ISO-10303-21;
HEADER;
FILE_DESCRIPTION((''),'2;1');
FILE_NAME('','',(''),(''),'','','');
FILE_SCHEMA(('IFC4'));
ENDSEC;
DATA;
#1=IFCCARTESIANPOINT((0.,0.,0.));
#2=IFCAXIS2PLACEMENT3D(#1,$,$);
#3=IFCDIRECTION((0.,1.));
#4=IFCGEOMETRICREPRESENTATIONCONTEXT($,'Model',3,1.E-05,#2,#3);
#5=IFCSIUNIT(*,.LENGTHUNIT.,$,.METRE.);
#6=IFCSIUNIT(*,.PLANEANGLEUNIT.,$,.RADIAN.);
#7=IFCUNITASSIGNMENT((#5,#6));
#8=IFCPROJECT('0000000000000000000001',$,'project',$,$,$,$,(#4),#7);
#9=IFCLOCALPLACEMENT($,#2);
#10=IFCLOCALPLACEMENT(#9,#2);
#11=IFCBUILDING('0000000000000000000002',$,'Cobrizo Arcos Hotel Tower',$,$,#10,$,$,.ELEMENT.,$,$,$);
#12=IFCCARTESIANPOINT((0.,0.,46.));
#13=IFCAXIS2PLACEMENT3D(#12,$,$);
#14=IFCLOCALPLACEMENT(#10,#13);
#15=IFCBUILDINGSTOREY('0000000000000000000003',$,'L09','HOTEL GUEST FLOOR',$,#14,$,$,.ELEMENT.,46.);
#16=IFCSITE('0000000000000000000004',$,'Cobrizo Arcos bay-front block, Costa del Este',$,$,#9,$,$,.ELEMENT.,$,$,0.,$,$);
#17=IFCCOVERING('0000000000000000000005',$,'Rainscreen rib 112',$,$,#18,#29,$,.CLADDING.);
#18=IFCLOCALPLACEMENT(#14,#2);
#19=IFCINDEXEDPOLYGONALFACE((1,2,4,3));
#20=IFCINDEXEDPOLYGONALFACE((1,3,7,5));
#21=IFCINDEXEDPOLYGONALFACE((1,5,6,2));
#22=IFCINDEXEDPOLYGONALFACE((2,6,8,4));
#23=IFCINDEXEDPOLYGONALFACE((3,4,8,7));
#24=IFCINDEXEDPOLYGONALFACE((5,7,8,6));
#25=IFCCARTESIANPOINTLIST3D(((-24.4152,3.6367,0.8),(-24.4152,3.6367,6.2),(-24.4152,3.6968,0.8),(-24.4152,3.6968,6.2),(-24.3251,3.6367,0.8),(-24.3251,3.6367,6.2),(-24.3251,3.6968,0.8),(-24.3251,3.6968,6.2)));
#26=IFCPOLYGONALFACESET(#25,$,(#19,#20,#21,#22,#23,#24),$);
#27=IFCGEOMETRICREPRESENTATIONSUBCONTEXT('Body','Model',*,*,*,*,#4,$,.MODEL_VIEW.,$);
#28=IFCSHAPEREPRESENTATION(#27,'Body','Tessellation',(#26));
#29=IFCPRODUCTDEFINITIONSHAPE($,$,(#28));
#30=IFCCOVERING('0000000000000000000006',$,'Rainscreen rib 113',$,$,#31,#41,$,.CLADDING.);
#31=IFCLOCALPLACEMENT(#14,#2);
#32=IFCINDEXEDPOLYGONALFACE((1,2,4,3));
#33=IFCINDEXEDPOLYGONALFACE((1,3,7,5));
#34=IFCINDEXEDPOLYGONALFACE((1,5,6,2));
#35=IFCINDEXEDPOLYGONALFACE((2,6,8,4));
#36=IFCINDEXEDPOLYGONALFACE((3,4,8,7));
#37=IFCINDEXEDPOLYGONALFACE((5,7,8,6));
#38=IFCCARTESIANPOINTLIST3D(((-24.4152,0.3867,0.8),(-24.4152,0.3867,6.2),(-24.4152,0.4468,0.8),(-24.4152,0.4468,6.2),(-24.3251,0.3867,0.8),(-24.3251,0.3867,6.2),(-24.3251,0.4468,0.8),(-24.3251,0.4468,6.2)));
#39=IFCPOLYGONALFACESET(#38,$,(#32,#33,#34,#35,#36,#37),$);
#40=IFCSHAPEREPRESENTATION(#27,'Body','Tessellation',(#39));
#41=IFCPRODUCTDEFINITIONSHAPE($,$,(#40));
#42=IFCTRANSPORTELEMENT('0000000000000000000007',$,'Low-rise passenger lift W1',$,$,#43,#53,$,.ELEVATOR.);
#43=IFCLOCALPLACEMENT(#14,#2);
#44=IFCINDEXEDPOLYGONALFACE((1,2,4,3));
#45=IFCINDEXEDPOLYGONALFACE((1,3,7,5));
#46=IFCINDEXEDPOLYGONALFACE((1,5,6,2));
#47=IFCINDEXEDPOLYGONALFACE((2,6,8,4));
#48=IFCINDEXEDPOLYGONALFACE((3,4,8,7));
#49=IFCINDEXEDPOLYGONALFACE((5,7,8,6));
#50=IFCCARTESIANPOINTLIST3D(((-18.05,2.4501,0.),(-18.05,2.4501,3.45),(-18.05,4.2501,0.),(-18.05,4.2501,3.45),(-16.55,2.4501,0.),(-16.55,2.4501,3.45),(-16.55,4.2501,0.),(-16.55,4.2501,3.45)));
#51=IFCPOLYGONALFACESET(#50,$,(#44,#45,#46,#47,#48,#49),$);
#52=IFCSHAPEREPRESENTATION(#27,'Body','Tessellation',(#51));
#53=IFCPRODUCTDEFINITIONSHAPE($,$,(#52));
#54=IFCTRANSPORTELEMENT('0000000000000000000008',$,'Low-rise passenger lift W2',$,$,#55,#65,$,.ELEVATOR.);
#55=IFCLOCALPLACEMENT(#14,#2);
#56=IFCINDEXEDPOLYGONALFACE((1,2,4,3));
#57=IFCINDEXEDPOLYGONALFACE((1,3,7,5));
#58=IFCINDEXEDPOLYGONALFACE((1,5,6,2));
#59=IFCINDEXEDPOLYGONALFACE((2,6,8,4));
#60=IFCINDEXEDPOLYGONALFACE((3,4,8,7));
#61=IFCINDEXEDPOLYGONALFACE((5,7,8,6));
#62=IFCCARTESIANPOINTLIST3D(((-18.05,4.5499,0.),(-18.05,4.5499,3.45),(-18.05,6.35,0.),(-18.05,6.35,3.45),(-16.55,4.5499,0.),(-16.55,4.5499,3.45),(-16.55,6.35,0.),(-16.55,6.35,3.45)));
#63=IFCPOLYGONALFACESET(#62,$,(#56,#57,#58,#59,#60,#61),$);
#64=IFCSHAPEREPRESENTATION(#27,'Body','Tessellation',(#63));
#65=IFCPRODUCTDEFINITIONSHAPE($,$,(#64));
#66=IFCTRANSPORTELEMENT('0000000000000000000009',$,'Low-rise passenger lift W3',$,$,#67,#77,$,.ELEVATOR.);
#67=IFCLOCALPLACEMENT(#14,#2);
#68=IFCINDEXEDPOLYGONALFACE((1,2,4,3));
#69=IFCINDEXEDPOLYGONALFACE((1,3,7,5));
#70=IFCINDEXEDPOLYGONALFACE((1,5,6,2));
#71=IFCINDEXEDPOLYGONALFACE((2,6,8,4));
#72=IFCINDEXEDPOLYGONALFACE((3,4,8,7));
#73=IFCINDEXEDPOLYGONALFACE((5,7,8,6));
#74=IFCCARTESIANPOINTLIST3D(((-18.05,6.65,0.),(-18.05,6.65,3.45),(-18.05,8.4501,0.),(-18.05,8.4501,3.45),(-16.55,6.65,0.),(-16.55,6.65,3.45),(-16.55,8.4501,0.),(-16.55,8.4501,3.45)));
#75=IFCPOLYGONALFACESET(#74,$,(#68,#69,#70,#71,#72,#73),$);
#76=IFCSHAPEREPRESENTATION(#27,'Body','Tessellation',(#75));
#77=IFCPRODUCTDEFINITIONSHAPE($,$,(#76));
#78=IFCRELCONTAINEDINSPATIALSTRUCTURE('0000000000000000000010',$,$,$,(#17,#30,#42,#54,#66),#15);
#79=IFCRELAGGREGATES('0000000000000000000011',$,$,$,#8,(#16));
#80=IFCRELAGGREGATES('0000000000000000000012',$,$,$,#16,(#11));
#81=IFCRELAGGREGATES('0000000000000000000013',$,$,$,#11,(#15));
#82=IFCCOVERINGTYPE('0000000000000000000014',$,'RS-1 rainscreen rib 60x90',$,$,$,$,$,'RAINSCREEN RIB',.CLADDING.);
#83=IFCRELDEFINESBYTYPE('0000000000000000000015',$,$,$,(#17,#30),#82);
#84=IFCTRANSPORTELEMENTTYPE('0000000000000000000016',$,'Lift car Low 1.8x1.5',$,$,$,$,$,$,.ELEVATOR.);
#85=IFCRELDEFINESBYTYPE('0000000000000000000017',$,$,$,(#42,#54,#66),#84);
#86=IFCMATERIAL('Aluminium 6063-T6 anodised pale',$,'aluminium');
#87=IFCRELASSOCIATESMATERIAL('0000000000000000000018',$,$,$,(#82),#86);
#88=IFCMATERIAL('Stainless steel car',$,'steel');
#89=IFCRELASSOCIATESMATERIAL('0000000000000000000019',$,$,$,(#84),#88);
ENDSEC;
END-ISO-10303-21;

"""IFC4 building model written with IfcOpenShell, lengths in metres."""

from ifc_helpers import new_model, si_unit, direction, frame, origin, origin_2d, place, context, subcontext, project, spatial, rectangle, extrude, material, type_object, element, save


model = new_model("IFC4")

# Units and contexts
model_context = context("Model", 3, precision=1e-05, world=origin(), true_north=direction((0.0, 1.0)))
body_context = subcontext(model_context, "Body", "Model", "MODEL_VIEW")
ifc_project = project(units=[si_unit("LENGTHUNIT", "METRE"), si_unit("PLANEANGLEUNIT", "RADIAN")], contexts=[model_context])

# Site, building, storey
site_placement = place(None, origin())
site = spatial("IfcSite", under=ifc_project, at=site_placement, Name="Cobrizo Arcos bay-front block, Costa del Este", CompositionType="ELEMENT", RefElevation=0.0)
building_placement = place(site_placement, origin())
building = spatial("IfcBuilding", under=site, at=building_placement, Name="Cobrizo Arcos Hotel Tower", CompositionType="ELEMENT")
storey_placement = place(building_placement, frame((0.0, 0.0, 46.0)))
storey = spatial("IfcBuildingStorey", under=building, at=storey_placement, Name="L09", Description="HOTEL GUEST FLOOR", CompositionType="ELEMENT", Elevation=46.0)

# Coverings
ifc_material_1 = material(Name="Aluminium 6063-T6 anodised pale", Category="aluminium")
covering_type_1 = type_object("IfcCoveringType", Name="RS-1 rainscreen rib 60x90", ElementType="RAINSCREEN RIB", PredefinedType="CLADDING", material=ifc_material_1)
for number, where, z_axis, x_axis, name in (
    (1, (-24.3701, 3.6667, 0.8), (0.0, 0.0, 1.0), (0.0, -1.0, 0.0), "Rainscreen rib 112"),
    (2, (-24.3701, 0.4167, 0.8), (0.0, 0.0, 1.0), (0.0, -1.0, 0.0), "Rainscreen rib 113"),
):
    element("IfcCovering", number, at=place(storey_placement, frame(where, z_axis=z_axis, x_axis=x_axis)), inside=storey, type_object=covering_type_1, Name=name, PredefinedType="CLADDING", context=body_context, shape_type="SweptSolid", body=[
        extrude(rectangle(XDim=0.0601, YDim=0.0901, at=origin_2d()), origin(), (0.0, 0.0, 1.0), 5.3999),
    ])

# Transport elements
ifc_material_2 = material(Name="Stainless steel car", Category="steel")
transport_element_type = type_object("IfcTransportElementType", Name="Lift car Low 1.8x1.5", PredefinedType="ELEVATOR", material=ifc_material_2)
for number, where, z_axis, x_axis, name in (
    (3, (-17.3, 3.3501, 0.0), (0.0, 0.0, 1.0), (1.0, 0.0, 0.0), "Low-rise passenger lift W1"),
    (4, (-17.3, 5.45, 0.0), (0.0, 0.0, 1.0), (1.0, 0.0, 0.0), "Low-rise passenger lift W2"),
    (5, (-17.3, 7.55, 0.0), (0.0, 0.0, 1.0), (1.0, 0.0, 0.0), "Low-rise passenger lift W3"),
):
    element("IfcTransportElement", number, at=place(storey_placement, frame(where, z_axis=z_axis, x_axis=x_axis)), inside=storey, type_object=transport_element_type, Name=name, PredefinedType="ELEVATOR", context=body_context, shape_type="SweptSolid", body=[
        extrude(rectangle(XDim=1.5, YDim=1.8, at=origin_2d()), origin(), (0.0, 0.0, 1.0), 3.45),
    ])

save(model, "model.ifc")
